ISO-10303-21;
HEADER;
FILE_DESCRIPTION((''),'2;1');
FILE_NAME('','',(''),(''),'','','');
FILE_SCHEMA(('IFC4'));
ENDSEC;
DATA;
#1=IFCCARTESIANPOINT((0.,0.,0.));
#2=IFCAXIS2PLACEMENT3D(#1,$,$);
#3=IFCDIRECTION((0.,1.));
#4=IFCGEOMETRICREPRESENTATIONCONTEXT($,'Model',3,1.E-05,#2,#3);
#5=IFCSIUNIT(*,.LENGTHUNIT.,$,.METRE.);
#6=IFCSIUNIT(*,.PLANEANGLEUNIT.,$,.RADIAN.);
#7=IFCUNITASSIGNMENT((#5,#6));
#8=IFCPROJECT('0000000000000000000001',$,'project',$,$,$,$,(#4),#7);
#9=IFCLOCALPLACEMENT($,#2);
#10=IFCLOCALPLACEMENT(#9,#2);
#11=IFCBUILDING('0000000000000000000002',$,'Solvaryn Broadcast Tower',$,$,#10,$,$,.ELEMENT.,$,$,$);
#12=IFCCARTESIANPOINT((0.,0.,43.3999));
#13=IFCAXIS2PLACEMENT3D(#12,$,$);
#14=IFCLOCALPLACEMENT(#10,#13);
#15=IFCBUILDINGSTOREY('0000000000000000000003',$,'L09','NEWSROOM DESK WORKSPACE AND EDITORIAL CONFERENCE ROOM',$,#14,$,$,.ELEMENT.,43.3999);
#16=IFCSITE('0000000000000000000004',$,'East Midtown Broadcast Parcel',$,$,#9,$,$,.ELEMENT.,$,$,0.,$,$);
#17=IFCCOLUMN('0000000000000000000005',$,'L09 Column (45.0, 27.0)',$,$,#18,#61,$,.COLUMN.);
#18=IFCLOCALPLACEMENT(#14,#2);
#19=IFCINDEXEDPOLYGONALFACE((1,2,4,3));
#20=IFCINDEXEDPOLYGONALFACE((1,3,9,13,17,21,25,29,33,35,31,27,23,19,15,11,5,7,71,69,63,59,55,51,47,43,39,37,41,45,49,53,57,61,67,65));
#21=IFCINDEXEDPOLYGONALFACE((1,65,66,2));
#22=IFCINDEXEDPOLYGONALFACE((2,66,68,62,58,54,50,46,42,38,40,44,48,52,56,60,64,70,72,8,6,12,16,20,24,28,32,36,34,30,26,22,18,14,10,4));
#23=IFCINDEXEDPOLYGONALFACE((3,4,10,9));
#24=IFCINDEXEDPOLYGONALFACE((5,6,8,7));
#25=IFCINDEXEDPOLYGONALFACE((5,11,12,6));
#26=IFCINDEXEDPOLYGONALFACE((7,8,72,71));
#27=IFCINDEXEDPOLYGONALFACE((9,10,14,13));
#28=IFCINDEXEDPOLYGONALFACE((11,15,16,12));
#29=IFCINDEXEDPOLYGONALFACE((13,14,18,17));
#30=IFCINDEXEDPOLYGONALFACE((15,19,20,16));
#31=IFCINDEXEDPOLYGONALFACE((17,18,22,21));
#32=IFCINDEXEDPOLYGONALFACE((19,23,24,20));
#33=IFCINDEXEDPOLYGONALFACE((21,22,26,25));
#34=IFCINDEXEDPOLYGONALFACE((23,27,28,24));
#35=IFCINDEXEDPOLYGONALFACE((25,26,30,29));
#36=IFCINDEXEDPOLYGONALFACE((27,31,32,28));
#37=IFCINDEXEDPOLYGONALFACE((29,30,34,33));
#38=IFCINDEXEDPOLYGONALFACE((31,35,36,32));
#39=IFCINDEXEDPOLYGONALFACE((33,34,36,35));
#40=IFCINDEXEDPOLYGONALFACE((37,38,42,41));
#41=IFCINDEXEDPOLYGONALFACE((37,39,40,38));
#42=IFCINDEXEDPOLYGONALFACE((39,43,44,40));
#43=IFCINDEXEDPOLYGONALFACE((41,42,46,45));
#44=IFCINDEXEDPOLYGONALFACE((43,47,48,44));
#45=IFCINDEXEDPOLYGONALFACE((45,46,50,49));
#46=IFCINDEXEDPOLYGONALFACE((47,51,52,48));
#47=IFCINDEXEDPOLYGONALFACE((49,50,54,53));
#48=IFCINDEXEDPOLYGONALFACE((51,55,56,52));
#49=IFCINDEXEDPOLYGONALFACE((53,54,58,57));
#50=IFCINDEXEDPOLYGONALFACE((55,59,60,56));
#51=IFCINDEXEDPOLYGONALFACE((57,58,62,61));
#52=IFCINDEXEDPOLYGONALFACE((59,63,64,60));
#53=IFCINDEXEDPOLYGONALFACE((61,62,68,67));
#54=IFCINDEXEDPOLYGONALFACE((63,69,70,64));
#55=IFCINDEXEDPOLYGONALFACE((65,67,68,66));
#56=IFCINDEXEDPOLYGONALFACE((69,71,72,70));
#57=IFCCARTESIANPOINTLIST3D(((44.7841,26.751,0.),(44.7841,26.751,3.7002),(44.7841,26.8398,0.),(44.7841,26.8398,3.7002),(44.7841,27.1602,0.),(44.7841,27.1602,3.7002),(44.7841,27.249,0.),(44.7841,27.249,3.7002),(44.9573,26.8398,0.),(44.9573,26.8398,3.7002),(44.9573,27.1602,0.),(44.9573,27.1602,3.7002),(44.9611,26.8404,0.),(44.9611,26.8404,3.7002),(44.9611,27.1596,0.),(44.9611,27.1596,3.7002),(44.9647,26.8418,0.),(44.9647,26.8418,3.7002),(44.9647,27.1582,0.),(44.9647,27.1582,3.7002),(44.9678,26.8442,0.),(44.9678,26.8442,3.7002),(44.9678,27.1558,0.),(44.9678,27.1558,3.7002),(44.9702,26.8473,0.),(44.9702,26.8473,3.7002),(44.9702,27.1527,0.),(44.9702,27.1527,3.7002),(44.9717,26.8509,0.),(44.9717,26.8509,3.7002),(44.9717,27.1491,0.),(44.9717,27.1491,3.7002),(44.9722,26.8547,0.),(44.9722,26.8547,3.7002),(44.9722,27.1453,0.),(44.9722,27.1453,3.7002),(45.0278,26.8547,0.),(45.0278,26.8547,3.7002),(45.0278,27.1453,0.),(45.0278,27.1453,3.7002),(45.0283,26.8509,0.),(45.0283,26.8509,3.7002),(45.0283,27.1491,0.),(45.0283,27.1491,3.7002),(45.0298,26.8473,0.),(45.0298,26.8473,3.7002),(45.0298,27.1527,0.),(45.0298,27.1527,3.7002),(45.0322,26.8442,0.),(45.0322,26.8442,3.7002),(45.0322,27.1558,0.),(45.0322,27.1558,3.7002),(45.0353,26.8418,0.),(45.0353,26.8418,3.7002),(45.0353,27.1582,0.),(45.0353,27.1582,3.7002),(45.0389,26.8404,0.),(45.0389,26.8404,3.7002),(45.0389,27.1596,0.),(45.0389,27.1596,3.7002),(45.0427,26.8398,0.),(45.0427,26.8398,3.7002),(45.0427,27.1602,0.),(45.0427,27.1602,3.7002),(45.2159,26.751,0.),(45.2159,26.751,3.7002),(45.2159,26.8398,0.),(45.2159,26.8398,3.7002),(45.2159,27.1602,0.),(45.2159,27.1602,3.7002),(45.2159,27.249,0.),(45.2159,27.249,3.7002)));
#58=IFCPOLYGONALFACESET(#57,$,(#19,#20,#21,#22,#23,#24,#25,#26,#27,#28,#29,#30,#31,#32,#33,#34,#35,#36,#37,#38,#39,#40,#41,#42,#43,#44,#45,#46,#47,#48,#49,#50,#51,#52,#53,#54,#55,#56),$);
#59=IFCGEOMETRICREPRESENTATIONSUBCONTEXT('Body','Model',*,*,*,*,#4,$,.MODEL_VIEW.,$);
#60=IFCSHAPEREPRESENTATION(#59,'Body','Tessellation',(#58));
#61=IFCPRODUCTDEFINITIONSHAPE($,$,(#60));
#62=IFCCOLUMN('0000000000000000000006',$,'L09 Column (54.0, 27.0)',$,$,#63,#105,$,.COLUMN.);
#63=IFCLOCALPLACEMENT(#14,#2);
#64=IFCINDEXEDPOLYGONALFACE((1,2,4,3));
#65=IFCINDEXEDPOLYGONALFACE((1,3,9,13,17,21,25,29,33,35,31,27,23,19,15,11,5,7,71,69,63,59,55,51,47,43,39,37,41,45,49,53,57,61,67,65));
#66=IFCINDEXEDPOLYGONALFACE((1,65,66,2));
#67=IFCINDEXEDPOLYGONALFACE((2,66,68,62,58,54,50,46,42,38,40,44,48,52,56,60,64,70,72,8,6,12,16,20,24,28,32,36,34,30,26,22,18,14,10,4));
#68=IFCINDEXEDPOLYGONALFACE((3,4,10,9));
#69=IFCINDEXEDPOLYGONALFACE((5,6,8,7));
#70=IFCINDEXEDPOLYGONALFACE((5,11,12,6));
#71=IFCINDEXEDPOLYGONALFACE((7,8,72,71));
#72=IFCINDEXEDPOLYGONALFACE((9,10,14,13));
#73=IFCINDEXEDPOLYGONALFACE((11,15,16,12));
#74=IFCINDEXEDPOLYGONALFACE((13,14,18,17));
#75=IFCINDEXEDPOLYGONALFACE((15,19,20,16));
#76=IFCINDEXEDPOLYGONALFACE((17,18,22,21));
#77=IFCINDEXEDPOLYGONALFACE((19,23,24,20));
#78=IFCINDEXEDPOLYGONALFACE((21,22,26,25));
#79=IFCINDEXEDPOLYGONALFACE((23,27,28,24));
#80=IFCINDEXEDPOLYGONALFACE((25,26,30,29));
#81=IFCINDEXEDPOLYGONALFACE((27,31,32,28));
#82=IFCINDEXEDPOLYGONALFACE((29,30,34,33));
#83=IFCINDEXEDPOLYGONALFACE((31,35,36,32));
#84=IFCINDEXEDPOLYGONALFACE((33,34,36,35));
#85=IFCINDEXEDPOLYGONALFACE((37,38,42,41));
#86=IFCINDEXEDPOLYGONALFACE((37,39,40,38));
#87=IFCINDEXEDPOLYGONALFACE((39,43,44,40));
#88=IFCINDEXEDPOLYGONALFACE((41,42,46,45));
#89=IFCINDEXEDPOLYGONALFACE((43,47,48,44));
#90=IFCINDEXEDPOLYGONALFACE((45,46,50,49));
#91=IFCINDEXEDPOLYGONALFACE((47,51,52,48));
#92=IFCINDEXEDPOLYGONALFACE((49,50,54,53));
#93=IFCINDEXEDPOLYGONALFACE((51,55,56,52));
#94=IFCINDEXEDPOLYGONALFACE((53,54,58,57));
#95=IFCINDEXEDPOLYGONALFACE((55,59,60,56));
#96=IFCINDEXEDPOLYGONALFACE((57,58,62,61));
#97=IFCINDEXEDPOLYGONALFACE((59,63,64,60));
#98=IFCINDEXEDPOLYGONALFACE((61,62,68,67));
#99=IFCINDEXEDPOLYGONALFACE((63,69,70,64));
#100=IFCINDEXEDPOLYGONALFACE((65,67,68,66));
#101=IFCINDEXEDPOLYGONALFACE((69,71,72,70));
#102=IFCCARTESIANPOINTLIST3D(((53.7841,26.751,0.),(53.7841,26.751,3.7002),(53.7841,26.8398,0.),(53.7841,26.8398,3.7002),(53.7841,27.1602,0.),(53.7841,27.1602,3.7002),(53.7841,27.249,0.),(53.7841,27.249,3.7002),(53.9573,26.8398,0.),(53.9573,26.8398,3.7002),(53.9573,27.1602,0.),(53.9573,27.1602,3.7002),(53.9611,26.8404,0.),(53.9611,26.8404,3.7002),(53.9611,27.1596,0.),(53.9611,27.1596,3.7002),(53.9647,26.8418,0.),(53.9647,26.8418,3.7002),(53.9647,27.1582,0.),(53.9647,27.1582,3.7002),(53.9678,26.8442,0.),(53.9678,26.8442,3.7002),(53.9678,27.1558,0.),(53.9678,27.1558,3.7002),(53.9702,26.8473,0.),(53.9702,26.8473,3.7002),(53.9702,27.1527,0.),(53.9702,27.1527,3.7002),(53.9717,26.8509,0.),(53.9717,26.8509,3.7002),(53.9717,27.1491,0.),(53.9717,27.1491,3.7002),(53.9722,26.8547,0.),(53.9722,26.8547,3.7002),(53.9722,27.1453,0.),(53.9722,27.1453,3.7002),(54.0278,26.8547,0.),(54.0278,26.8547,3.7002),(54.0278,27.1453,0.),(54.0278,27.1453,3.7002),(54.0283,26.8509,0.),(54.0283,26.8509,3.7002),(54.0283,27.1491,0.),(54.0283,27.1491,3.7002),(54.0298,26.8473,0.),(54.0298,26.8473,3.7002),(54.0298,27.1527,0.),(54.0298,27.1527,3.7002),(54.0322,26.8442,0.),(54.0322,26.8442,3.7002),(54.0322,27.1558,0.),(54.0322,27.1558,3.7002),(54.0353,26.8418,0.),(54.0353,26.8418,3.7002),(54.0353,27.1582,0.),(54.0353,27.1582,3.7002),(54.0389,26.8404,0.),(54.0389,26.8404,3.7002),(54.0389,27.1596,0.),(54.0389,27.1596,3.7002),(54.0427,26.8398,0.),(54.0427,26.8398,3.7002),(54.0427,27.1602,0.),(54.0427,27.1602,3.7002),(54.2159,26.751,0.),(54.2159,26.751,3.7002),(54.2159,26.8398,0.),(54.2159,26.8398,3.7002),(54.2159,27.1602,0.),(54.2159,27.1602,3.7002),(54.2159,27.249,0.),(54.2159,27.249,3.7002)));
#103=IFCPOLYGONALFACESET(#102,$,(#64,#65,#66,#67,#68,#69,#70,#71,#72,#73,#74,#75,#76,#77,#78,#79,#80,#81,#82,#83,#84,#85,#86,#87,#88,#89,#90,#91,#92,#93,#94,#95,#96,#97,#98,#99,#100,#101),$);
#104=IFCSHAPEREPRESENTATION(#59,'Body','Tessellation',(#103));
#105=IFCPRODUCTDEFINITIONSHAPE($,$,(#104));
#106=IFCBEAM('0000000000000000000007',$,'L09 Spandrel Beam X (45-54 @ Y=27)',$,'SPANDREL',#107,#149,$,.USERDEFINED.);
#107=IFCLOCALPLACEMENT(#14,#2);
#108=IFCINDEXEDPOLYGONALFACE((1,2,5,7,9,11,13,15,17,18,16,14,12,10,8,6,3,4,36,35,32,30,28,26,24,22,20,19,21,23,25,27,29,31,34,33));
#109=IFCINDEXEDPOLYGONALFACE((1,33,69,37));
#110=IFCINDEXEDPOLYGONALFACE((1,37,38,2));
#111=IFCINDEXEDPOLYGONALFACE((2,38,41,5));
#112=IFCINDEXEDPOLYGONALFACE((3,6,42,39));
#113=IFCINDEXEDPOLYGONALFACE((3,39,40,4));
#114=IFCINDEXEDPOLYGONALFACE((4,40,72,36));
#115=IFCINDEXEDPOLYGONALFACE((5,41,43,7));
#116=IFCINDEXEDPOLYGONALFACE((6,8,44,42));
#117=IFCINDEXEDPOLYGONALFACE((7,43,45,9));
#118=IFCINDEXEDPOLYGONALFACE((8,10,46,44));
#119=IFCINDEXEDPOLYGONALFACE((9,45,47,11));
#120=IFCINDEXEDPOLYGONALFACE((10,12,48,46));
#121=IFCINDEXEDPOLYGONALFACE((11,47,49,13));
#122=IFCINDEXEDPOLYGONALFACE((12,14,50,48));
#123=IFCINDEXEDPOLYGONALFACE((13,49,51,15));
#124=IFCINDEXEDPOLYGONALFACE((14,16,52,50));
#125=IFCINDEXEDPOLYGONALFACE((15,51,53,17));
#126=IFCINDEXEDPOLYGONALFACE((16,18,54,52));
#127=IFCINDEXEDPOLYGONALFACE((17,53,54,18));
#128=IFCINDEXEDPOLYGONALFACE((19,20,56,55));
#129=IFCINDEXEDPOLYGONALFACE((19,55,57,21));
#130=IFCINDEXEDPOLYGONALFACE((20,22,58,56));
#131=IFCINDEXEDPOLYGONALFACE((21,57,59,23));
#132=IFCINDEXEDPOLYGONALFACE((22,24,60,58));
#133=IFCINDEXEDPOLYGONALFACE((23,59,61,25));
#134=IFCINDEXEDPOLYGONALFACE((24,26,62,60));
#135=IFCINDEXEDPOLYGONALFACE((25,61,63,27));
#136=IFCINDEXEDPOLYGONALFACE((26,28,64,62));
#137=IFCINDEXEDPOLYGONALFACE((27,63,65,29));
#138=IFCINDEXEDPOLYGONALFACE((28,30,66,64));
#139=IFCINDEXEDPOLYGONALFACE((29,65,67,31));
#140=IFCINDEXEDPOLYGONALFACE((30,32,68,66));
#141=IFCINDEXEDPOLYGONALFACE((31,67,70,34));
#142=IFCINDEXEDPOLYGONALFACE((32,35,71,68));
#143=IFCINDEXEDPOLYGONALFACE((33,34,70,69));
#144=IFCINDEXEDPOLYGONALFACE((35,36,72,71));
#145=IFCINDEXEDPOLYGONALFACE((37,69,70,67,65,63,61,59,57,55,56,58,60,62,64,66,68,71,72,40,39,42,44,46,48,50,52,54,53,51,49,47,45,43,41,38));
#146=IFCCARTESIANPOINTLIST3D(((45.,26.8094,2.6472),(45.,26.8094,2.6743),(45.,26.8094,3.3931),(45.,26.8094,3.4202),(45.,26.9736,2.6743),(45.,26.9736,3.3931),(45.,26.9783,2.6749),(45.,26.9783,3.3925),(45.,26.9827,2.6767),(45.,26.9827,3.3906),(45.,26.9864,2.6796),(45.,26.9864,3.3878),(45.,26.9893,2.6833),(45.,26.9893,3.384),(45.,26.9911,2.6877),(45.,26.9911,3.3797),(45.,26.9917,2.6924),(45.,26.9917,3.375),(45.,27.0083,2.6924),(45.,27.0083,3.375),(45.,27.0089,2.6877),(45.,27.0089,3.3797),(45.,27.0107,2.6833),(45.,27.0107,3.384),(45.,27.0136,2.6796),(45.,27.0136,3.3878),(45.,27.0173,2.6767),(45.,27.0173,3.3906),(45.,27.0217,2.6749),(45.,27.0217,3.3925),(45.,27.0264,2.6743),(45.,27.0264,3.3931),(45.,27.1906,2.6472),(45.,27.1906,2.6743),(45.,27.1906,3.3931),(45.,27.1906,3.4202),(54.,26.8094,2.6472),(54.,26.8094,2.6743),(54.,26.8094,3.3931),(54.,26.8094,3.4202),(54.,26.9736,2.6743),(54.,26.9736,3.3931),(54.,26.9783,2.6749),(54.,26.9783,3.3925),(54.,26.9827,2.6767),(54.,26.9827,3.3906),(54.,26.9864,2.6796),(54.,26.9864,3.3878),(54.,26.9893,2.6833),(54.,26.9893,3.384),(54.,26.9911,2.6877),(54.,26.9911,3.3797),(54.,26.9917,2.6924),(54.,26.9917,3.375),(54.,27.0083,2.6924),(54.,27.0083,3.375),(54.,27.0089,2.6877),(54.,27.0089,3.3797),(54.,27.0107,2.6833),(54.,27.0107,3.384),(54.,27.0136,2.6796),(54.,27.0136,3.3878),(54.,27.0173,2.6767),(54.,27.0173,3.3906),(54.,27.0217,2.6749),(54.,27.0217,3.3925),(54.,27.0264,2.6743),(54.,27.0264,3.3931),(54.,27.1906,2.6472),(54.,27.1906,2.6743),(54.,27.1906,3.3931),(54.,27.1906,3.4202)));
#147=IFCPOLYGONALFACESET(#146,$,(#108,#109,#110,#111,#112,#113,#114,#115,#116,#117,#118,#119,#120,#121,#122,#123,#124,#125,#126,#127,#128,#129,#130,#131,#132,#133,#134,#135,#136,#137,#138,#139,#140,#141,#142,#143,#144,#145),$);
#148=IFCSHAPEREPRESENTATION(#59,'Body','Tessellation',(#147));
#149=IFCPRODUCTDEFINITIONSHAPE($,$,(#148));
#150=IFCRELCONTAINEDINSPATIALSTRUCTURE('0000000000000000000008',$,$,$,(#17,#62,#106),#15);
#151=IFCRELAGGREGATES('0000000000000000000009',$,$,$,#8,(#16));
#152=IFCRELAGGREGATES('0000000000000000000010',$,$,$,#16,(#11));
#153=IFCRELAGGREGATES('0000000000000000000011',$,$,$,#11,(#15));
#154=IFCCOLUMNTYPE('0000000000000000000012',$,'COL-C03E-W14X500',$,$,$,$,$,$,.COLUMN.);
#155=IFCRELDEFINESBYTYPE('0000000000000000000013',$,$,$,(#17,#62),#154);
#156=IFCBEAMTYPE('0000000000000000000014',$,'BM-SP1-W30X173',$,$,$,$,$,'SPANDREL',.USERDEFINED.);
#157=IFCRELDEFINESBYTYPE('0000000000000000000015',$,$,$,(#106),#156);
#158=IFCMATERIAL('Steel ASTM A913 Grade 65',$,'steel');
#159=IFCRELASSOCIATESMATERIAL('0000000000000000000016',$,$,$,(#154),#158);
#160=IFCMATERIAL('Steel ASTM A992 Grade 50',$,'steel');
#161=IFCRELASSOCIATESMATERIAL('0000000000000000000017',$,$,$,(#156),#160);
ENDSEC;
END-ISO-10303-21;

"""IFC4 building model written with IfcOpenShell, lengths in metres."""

from ifc_helpers import new_model, si_unit, direction, frame, origin, origin_2d, place, context, subcontext, project, spatial, i_section, extrude, material, material_profile, profile_set, type_object, element, save


model = new_model("IFC4")

# Units and contexts
model_context = context("Model", 3, precision=1e-05, world=origin(), true_north=direction((0.0, 1.0)))
body_context = subcontext(model_context, "Body", "Model", "MODEL_VIEW")
ifc_project = project(units=[si_unit("LENGTHUNIT", "METRE"), si_unit("PLANEANGLEUNIT", "RADIAN")], contexts=[model_context])

# Site, building, storey
site_placement = place(None, origin())
site = spatial("IfcSite", under=ifc_project, at=site_placement, Name="East Midtown Broadcast Parcel", CompositionType="ELEMENT", RefElevation=0.0)
building_placement = place(site_placement, origin())
building = spatial("IfcBuilding", under=site, at=building_placement, Name="Solvaryn Broadcast Tower", CompositionType="ELEMENT")
storey_placement = place(building_placement, frame((0.0, 0.0, 43.3999)))
storey = spatial("IfcBuildingStorey", under=building, at=storey_placement, Name="L09", Description="NEWSROOM DESK WORKSPACE AND EDITORIAL CONFERENCE ROOM", CompositionType="ELEMENT", Elevation=43.3999)

# Columns
ifc_material_1 = material(Name="Steel ASTM A913 Grade 65", Category="steel")
ifc_material_profile_1 = material_profile(ifc_material_1, i_section(OverallWidth=0.4319, OverallDepth=0.498, WebThickness=0.0557, FlangeThickness=0.0889, FilletRadius=0.0149, at=origin_2d()))
ifc_profile_set_1 = profile_set([ifc_material_profile_1], Name="Steel ASTM A913 Grade 65")
column_type = type_object("IfcColumnType", Name="COL-C03E-W14X500", PredefinedType="COLUMN", material=ifc_profile_set_1)
for number, where, z_axis, x_axis, name in (
    (1, (45.0, 27.0, 0.0), (0.0, 0.0, 1.0), (1.0, 0.0, 0.0), "L09 Column (45.0, 27.0)"),
    (2, (54.0, 27.0, 0.0), (0.0, 0.0, 1.0), (1.0, 0.0, 0.0), "L09 Column (54.0, 27.0)"),
):
    element("IfcColumn", number, at=place(storey_placement, frame(where, z_axis=z_axis, x_axis=x_axis)), inside=storey, type_object=column_type, Name=name, PredefinedType="COLUMN", context=body_context, shape_type="SweptSolid", body=[
        extrude(i_section(OverallWidth=0.4319, OverallDepth=0.498, WebThickness=0.0557, FlangeThickness=0.0889, FilletRadius=0.0149, at=origin_2d()), origin(), (0.0, 0.0, 1.0), 3.7002),
    ])

# Beam
ifc_material_2 = material(Name="Steel ASTM A992 Grade 50", Category="steel")
ifc_material_profile_2 = material_profile(ifc_material_2, i_section(OverallWidth=0.3811, OverallDepth=0.7729, WebThickness=0.0166, FlangeThickness=0.0271, FilletRadius=0.0181, at=origin_2d()))
ifc_profile_set_2 = profile_set([ifc_material_profile_2], Name="Steel ASTM A992 Grade 50")
beam_type = type_object("IfcBeamType", Name="BM-SP1-W30X173", ElementType="SPANDREL", PredefinedType="USERDEFINED", material=ifc_profile_set_2)
beam_placement = place(storey_placement, frame((45.0, 27.0, 3.0337), z_axis=(1.0, 0.0, 0.0), x_axis=(0.0, 1.0, 0.0)))
element("IfcBeam", 3, at=beam_placement, inside=storey, type_object=beam_type, Name="L09 Spandrel Beam X (45-54 @ Y=27)", ObjectType="SPANDREL", PredefinedType="USERDEFINED", context=body_context, shape_type="SweptSolid", body=[
    extrude(i_section(OverallWidth=0.3811, OverallDepth=0.7729, WebThickness=0.0166, FlangeThickness=0.0271, FilletRadius=0.0181, at=origin_2d()), origin(), (0.0, 0.0, 1.0), 9.0),
])

save(model, "model.ifc")
